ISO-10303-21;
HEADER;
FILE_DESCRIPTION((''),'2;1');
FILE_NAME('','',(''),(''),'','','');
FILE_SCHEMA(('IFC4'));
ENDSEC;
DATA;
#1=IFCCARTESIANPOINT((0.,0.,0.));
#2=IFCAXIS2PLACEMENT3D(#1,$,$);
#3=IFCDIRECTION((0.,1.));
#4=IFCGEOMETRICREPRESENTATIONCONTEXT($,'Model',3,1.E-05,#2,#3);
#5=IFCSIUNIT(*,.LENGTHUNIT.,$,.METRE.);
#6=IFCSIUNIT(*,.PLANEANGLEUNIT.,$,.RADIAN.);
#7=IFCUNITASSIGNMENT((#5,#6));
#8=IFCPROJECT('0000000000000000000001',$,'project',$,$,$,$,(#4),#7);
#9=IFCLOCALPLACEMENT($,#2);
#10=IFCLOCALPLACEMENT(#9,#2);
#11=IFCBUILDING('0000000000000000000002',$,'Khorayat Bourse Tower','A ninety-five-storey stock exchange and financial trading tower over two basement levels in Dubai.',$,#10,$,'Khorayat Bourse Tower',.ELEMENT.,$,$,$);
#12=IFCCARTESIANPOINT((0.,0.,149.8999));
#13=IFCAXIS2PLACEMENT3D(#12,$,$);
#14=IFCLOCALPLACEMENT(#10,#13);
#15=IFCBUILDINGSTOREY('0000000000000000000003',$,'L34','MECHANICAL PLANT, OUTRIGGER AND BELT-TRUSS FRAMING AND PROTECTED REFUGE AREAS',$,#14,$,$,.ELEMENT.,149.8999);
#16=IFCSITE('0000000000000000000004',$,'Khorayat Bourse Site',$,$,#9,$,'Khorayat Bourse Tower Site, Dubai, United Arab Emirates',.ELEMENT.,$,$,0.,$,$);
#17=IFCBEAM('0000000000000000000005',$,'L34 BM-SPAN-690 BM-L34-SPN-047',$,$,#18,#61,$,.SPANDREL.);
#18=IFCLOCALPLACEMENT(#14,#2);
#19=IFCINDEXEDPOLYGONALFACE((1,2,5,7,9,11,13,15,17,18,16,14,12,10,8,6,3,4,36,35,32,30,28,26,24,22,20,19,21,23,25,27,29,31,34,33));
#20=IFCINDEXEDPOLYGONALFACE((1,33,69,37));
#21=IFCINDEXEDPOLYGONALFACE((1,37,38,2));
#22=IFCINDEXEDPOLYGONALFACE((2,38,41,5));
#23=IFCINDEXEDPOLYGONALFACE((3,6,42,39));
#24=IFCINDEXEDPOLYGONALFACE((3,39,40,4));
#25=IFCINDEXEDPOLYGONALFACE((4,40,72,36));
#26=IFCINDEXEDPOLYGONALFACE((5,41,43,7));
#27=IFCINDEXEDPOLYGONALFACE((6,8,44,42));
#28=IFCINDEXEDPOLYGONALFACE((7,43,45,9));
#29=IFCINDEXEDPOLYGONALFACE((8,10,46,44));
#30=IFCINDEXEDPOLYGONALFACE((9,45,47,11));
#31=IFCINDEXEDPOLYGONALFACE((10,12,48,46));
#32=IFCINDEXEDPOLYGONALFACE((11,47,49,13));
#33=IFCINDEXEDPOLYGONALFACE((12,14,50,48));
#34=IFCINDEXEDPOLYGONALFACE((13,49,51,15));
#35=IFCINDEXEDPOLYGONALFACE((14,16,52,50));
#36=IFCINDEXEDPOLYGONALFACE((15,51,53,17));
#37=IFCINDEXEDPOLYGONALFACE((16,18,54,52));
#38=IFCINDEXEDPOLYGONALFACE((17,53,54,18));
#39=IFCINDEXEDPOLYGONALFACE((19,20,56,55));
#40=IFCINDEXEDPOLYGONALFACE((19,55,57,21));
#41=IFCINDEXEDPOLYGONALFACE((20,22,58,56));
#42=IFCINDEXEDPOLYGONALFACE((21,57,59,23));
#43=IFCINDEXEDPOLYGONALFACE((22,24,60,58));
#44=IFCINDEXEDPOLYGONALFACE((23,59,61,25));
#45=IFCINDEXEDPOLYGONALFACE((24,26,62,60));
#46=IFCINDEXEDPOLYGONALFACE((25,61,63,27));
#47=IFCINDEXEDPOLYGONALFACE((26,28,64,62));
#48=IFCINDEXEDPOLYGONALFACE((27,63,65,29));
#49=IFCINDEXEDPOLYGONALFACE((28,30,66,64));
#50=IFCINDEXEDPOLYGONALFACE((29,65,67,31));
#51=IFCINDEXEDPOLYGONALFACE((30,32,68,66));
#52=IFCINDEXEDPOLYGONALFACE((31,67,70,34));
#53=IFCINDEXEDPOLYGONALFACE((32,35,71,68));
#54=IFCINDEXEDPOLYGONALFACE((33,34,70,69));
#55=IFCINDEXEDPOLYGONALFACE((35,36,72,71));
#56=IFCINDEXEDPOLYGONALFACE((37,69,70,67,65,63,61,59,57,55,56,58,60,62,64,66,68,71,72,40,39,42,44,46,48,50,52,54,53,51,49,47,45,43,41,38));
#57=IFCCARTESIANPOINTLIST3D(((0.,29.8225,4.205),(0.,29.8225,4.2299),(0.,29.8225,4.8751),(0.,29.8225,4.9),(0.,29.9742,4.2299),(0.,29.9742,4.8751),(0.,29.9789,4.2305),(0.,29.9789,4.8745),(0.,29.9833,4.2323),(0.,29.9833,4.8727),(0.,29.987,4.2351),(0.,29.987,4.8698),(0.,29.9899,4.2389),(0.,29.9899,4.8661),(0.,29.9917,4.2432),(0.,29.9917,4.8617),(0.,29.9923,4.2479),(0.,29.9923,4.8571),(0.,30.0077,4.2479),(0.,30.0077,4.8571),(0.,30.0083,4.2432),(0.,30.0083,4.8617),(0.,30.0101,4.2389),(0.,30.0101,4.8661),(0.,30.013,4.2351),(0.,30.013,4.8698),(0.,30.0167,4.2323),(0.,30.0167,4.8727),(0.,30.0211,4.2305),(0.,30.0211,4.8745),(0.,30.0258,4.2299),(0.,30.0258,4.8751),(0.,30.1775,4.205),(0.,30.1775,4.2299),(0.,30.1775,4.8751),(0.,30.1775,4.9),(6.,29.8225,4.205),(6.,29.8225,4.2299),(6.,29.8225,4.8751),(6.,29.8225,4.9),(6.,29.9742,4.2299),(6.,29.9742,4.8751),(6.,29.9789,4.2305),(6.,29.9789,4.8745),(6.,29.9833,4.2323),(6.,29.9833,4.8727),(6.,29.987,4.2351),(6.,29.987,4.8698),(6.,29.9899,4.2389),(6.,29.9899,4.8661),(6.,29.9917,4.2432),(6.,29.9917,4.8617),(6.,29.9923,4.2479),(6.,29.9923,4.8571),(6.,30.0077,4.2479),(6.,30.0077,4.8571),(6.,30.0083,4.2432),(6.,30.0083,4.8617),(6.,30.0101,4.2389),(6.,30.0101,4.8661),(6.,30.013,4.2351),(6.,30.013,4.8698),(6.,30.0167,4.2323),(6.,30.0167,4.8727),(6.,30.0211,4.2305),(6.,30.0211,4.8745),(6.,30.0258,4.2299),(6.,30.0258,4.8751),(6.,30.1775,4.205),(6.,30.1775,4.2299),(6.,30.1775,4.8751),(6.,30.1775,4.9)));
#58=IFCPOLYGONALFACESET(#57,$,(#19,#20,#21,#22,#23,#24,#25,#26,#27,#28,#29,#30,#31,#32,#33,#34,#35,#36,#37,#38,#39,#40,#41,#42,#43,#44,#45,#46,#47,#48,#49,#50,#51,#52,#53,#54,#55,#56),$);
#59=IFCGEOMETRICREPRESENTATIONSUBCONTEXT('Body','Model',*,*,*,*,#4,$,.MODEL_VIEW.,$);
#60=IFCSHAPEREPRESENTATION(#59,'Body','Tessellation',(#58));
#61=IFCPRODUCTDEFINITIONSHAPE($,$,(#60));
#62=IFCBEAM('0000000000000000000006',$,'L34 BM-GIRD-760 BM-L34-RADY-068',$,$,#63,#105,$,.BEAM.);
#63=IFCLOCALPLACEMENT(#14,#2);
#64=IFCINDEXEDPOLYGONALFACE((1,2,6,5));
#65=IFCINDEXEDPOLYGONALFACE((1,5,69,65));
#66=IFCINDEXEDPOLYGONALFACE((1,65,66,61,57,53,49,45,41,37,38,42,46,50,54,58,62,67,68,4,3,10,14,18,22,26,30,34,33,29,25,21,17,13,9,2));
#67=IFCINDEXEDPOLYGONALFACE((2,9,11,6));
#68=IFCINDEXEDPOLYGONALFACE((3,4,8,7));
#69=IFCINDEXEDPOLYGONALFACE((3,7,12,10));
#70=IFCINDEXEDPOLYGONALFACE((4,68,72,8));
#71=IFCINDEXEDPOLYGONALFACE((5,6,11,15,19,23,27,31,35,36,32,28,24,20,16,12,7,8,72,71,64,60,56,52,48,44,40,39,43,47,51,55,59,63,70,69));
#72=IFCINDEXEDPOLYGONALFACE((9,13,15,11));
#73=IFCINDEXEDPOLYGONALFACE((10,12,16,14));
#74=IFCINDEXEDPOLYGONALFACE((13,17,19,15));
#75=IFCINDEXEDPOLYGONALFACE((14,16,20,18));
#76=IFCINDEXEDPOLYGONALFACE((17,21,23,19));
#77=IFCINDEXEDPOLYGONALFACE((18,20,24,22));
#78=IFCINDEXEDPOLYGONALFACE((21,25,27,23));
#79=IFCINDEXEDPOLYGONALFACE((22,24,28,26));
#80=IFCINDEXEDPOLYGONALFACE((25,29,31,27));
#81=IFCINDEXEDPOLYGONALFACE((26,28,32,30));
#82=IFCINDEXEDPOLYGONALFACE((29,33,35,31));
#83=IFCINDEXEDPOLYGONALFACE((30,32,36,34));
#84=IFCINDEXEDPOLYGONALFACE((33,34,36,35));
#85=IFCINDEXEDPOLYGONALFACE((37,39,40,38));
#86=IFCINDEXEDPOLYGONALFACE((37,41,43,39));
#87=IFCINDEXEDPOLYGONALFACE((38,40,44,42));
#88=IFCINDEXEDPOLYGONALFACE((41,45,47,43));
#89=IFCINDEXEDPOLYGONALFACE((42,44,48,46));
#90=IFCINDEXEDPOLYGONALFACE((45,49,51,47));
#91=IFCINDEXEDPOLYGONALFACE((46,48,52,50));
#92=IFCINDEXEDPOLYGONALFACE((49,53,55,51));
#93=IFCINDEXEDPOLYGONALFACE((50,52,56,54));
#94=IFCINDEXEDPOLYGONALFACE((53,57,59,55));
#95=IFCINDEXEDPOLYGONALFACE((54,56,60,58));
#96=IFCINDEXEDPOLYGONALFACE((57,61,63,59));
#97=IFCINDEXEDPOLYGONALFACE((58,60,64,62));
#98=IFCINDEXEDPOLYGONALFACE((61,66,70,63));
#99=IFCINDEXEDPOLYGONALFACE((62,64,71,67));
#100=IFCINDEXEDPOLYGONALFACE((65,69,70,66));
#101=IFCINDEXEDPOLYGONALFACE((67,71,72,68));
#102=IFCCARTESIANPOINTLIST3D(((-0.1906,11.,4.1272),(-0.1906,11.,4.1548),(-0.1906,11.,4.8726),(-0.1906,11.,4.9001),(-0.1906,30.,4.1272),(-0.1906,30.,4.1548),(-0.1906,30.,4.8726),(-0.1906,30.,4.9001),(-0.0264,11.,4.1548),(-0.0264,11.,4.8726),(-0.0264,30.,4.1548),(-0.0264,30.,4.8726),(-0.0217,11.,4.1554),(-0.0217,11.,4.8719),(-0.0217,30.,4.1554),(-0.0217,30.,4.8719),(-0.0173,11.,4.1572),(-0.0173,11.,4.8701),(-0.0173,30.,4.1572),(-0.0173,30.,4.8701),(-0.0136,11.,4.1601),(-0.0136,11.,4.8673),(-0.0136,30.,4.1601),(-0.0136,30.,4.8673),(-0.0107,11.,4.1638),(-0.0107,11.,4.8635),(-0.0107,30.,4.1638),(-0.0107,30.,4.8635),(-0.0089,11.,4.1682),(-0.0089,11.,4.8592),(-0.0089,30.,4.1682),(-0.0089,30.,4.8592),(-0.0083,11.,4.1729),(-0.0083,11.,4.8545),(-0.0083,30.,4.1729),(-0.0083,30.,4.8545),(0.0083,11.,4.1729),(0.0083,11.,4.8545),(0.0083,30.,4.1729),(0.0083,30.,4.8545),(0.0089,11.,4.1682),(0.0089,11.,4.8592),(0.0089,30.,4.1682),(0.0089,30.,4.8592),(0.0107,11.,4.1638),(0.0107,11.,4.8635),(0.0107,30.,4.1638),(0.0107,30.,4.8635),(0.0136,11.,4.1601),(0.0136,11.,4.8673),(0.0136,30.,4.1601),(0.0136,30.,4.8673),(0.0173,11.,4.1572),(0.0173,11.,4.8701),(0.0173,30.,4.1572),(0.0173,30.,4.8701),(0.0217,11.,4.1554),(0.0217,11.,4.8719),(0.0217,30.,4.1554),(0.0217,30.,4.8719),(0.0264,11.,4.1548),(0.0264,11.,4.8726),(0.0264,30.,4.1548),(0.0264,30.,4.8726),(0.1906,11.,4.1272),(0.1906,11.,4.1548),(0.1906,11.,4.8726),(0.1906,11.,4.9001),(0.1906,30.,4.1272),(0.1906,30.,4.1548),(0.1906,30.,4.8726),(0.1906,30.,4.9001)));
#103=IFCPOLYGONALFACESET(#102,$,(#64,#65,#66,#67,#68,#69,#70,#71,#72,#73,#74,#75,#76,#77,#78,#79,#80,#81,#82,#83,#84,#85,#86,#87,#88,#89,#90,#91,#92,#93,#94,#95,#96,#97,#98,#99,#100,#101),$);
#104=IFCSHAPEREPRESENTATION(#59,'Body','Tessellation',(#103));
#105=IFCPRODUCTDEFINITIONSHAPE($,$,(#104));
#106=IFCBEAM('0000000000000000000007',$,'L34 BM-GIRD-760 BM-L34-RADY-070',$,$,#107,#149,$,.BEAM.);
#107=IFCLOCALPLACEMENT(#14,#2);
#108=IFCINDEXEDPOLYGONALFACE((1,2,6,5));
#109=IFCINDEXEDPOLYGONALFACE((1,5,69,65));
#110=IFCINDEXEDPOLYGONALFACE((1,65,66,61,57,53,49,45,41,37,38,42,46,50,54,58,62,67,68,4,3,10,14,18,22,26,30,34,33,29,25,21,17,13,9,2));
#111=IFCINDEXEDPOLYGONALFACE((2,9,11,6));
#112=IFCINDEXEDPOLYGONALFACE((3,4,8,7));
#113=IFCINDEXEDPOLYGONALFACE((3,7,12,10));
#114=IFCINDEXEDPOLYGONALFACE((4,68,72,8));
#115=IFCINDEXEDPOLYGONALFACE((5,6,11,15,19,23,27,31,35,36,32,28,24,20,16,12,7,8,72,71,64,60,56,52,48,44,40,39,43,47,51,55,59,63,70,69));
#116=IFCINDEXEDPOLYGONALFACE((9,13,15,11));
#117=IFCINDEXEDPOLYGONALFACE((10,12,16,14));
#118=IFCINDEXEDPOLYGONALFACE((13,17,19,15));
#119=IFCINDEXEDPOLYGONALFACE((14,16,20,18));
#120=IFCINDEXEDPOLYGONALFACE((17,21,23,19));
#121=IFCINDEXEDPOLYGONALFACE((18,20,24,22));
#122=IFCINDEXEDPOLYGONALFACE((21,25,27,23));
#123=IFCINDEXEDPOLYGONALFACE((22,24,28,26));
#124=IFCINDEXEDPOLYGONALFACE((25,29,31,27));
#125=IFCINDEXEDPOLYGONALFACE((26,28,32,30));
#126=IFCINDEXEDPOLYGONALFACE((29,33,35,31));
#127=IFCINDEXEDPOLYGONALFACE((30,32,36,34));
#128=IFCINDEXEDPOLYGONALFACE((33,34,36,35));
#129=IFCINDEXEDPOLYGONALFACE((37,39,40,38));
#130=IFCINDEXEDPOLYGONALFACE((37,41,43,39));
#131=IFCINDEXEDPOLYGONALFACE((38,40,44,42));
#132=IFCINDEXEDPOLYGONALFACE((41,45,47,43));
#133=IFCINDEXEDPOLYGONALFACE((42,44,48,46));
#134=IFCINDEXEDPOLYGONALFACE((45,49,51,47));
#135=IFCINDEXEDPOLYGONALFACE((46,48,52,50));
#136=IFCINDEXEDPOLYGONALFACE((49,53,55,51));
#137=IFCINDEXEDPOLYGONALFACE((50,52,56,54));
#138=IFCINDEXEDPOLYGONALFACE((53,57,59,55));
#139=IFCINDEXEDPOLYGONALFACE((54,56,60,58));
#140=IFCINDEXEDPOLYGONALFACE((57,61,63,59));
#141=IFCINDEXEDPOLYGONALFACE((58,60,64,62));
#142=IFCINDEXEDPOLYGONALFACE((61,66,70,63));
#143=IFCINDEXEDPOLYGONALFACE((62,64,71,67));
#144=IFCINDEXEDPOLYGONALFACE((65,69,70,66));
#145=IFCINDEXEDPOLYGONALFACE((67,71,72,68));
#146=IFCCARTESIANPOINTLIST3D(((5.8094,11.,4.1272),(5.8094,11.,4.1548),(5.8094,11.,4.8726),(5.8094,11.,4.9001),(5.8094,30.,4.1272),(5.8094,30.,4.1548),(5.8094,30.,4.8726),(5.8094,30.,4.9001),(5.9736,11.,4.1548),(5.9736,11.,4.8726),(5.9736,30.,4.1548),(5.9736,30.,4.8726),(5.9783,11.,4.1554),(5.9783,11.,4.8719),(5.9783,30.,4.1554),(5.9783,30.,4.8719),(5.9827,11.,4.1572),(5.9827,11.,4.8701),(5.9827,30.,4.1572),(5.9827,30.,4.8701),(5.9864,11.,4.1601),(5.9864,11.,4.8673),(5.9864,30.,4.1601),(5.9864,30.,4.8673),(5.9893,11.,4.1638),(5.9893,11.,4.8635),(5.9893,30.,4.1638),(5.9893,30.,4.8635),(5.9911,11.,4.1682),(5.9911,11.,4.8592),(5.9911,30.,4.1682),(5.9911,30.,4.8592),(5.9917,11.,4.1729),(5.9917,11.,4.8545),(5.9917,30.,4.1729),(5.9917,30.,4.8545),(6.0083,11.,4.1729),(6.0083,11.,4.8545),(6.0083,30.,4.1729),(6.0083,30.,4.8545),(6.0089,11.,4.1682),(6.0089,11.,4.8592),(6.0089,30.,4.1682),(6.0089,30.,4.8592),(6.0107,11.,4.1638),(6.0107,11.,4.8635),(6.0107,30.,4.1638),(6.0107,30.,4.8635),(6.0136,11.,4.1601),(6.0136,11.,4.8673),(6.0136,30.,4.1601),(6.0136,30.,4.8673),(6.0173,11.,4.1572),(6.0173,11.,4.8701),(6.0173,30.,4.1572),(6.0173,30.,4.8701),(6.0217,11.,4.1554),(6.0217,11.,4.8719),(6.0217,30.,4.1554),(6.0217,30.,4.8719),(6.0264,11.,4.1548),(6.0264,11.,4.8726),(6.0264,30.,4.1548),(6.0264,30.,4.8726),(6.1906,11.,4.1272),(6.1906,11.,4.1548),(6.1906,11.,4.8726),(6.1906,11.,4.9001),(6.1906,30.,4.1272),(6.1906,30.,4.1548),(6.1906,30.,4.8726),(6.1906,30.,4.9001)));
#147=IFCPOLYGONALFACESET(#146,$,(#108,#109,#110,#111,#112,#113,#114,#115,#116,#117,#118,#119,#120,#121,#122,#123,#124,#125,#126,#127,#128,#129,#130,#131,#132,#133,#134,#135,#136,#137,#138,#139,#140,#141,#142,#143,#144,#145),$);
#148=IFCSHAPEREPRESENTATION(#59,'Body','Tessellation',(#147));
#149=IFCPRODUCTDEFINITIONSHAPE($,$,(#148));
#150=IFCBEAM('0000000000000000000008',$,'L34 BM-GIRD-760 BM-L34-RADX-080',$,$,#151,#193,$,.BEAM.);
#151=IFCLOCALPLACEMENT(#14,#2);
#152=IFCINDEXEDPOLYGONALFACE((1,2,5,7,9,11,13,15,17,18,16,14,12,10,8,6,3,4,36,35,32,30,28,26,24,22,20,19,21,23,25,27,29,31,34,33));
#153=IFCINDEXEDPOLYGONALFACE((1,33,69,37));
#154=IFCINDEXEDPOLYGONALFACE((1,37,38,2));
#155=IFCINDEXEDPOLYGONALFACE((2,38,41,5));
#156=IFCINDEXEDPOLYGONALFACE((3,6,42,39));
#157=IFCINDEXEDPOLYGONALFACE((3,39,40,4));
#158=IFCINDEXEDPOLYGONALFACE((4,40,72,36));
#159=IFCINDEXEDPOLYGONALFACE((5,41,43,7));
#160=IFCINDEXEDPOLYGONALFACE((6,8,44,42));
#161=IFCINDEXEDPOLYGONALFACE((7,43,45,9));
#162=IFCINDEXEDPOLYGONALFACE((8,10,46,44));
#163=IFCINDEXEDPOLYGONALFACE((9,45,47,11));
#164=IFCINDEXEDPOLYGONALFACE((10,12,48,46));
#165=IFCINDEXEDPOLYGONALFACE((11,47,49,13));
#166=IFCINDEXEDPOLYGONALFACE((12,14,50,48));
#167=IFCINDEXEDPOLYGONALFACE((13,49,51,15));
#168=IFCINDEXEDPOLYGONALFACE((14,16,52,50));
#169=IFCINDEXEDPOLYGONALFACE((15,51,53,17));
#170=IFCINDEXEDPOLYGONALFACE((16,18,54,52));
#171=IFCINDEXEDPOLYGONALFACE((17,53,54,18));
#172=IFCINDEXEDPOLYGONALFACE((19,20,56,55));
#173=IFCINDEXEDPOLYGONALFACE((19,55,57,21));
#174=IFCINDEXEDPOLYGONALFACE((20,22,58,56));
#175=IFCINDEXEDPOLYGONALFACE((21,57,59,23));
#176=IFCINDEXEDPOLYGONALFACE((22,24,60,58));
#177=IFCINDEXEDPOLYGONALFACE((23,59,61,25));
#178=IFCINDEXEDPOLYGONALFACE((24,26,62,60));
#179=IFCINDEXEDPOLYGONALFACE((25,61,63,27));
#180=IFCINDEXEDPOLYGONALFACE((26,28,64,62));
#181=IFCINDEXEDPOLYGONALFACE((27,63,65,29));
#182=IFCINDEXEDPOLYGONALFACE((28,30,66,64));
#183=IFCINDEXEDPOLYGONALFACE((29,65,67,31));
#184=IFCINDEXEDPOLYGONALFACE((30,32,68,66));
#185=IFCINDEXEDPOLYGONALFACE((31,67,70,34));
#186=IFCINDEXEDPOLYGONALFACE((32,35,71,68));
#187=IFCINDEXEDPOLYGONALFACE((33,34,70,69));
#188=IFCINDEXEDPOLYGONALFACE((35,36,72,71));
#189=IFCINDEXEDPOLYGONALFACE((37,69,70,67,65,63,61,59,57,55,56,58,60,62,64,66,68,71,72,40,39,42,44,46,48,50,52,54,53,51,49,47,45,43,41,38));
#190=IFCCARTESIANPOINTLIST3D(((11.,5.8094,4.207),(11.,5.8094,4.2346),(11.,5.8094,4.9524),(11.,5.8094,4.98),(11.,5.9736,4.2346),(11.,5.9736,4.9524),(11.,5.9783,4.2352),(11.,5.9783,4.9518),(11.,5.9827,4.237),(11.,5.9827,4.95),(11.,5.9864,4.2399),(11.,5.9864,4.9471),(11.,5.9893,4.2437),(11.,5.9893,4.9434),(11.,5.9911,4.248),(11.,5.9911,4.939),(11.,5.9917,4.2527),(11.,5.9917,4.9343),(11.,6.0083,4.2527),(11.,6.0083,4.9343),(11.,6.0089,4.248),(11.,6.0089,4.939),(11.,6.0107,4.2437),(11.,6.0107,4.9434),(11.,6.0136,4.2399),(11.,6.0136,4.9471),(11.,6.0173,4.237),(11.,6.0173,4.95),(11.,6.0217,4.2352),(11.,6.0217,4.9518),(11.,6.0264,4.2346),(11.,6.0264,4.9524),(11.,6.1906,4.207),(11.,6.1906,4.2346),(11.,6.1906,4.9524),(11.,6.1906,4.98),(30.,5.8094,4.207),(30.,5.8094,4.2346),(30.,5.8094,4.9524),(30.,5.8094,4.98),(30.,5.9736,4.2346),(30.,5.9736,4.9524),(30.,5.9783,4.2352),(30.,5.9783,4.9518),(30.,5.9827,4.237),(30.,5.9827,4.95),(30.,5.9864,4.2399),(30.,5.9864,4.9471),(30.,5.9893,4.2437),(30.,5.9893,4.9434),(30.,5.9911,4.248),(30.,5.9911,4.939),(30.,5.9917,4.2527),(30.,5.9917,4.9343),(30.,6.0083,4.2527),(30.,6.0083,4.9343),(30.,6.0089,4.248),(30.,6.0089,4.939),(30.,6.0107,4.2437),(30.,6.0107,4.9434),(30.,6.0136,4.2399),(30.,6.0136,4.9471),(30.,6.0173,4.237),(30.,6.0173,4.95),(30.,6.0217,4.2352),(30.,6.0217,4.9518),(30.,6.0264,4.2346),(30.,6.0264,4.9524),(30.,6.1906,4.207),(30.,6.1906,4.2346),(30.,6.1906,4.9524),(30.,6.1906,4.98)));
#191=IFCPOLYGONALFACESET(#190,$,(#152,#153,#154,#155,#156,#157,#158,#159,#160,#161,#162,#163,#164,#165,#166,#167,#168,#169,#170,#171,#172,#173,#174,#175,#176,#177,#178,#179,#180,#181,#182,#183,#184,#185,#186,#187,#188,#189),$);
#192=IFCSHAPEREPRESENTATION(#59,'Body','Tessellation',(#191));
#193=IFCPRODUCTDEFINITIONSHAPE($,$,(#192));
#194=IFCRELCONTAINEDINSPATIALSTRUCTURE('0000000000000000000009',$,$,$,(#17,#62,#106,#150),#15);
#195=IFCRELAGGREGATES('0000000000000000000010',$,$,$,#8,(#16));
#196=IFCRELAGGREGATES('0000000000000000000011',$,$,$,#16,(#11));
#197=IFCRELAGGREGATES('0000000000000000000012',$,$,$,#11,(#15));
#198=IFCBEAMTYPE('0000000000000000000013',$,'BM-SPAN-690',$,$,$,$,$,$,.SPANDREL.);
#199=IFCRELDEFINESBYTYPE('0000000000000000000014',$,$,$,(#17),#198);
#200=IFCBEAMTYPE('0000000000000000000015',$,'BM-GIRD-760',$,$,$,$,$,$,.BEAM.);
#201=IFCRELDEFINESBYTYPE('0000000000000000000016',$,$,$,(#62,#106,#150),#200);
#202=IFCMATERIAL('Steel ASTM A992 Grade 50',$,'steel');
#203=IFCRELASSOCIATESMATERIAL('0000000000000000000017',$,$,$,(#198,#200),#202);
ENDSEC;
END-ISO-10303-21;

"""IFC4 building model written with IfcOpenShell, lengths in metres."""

from ifc_helpers import new_model, si_unit, direction, frame, origin, origin_2d, place, context, subcontext, project, spatial, i_section, extrude, source, transform, mapped, material, material_profile, profile_set, type_object, element, save


model = new_model("IFC4")

# Units and contexts
model_context = context("Model", 3, precision=1e-05, world=origin(), true_north=direction((0.0, 1.0)))
body_context = subcontext(model_context, "Body", "Model", "MODEL_VIEW")
ifc_project = project(units=[si_unit("LENGTHUNIT", "METRE"), si_unit("PLANEANGLEUNIT", "RADIAN")], contexts=[model_context])

# Site, building, storey
site_placement = place(None, origin())
site = spatial("IfcSite", under=ifc_project, at=site_placement, Name="Khorayat Bourse Site", LongName="Khorayat Bourse Tower Site, Dubai, United Arab Emirates", CompositionType="ELEMENT", RefElevation=0.0)
building_placement = place(site_placement, origin())
building = spatial("IfcBuilding", under=site, at=building_placement, Name="Khorayat Bourse Tower", Description="A ninety-five-storey stock exchange and financial trading tower over two basement levels in Dubai.", LongName="Khorayat Bourse Tower", CompositionType="ELEMENT")
storey_placement = place(building_placement, frame((0.0, 0.0, 149.8999)))
storey = spatial("IfcBuildingStorey", under=building, at=storey_placement, Name="L34", Description="MECHANICAL PLANT, OUTRIGGER AND BELT-TRUSS FRAMING AND PROTECTED REFUGE AREAS", CompositionType="ELEMENT", Elevation=149.8999)

# Beams
ifc_material_1 = material(Name="Steel ASTM A992 Grade 50", Category="steel")
ifc_material_profile_1 = material_profile(ifc_material_1, i_section(OverallWidth=0.355, OverallDepth=0.6951, WebThickness=0.0154, FlangeThickness=0.0249, FilletRadius=0.0181, at=origin_2d()), Name="W690X217")
ifc_profile_set_1 = profile_set([ifc_material_profile_1], Name="Steel ASTM A992 Grade 50")
beam_type_1 = type_object("IfcBeamType", Name="BM-SPAN-690", PredefinedType="SPANDREL", material=ifc_profile_set_1)
shared_shape_1 = source(origin(), body_context, "Body", "SweptSolid", [
    extrude(i_section(OverallWidth=0.355, OverallDepth=0.6951, WebThickness=0.0154, FlangeThickness=0.0249, FilletRadius=0.0181, at=origin_2d()), origin(), (0.0, 0.0, 1.0), 6.0),
])
beam_1_placement = place(storey_placement, frame((0.0, 30.0, 4.5525), z_axis=(1.0, 0.0, 0.0), x_axis=(0.0, 1.0, 0.0)))
element("IfcBeam", 1, at=beam_1_placement, inside=storey, type_object=beam_type_1, Name="L34 BM-SPAN-690 BM-L34-SPN-047", PredefinedType="SPANDREL", context=body_context, shape_type="MappedRepresentation", body=[
    mapped(shared_shape_1, transform((0.0, 0.0, 0.0), scale=1.0)),
])
ifc_material_profile_2 = material_profile(ifc_material_1, i_section(OverallWidth=0.3811, OverallDepth=0.7729, WebThickness=0.0166, FlangeThickness=0.0276, FilletRadius=0.0181, at=origin_2d()), Name="W760X257")
ifc_profile_set_2 = profile_set([ifc_material_profile_2], Name="Steel ASTM A992 Grade 50")
beam_type_2 = type_object("IfcBeamType", Name="BM-GIRD-760", PredefinedType="BEAM", material=ifc_profile_set_2)
shared_shape_2 = source(origin(), body_context, "Body", "SweptSolid", [
    extrude(i_section(OverallWidth=0.3811, OverallDepth=0.7729, WebThickness=0.0166, FlangeThickness=0.0276, FilletRadius=0.0181, at=origin_2d()), origin(), (0.0, 0.0, 1.0), 19.0),
])
for number, where, z_axis, x_axis, name in (
    (2, (0.0, 11.0, 4.5137), (0.0, 1.0, 0.0), (-1.0, 0.0, 0.0), "L34 BM-GIRD-760 BM-L34-RADY-068"),
    (3, (6.0, 11.0, 4.5137), (0.0, 1.0, 0.0), (-1.0, 0.0, 0.0), "L34 BM-GIRD-760 BM-L34-RADY-070"),
    (4, (11.0, 6.0, 4.5935), (1.0, 0.0, 0.0), (0.0, 1.0, 0.0), "L34 BM-GIRD-760 BM-L34-RADX-080"),
):
    element("IfcBeam", number, at=place(storey_placement, frame(where, z_axis=z_axis, x_axis=x_axis)), inside=storey, type_object=beam_type_2, Name=name, PredefinedType="BEAM", context=body_context, shape_type="MappedRepresentation", body=[
        mapped(shared_shape_2, transform((0.0, 0.0, 0.0), scale=1.0)),
    ])

save(model, "model.ifc")
